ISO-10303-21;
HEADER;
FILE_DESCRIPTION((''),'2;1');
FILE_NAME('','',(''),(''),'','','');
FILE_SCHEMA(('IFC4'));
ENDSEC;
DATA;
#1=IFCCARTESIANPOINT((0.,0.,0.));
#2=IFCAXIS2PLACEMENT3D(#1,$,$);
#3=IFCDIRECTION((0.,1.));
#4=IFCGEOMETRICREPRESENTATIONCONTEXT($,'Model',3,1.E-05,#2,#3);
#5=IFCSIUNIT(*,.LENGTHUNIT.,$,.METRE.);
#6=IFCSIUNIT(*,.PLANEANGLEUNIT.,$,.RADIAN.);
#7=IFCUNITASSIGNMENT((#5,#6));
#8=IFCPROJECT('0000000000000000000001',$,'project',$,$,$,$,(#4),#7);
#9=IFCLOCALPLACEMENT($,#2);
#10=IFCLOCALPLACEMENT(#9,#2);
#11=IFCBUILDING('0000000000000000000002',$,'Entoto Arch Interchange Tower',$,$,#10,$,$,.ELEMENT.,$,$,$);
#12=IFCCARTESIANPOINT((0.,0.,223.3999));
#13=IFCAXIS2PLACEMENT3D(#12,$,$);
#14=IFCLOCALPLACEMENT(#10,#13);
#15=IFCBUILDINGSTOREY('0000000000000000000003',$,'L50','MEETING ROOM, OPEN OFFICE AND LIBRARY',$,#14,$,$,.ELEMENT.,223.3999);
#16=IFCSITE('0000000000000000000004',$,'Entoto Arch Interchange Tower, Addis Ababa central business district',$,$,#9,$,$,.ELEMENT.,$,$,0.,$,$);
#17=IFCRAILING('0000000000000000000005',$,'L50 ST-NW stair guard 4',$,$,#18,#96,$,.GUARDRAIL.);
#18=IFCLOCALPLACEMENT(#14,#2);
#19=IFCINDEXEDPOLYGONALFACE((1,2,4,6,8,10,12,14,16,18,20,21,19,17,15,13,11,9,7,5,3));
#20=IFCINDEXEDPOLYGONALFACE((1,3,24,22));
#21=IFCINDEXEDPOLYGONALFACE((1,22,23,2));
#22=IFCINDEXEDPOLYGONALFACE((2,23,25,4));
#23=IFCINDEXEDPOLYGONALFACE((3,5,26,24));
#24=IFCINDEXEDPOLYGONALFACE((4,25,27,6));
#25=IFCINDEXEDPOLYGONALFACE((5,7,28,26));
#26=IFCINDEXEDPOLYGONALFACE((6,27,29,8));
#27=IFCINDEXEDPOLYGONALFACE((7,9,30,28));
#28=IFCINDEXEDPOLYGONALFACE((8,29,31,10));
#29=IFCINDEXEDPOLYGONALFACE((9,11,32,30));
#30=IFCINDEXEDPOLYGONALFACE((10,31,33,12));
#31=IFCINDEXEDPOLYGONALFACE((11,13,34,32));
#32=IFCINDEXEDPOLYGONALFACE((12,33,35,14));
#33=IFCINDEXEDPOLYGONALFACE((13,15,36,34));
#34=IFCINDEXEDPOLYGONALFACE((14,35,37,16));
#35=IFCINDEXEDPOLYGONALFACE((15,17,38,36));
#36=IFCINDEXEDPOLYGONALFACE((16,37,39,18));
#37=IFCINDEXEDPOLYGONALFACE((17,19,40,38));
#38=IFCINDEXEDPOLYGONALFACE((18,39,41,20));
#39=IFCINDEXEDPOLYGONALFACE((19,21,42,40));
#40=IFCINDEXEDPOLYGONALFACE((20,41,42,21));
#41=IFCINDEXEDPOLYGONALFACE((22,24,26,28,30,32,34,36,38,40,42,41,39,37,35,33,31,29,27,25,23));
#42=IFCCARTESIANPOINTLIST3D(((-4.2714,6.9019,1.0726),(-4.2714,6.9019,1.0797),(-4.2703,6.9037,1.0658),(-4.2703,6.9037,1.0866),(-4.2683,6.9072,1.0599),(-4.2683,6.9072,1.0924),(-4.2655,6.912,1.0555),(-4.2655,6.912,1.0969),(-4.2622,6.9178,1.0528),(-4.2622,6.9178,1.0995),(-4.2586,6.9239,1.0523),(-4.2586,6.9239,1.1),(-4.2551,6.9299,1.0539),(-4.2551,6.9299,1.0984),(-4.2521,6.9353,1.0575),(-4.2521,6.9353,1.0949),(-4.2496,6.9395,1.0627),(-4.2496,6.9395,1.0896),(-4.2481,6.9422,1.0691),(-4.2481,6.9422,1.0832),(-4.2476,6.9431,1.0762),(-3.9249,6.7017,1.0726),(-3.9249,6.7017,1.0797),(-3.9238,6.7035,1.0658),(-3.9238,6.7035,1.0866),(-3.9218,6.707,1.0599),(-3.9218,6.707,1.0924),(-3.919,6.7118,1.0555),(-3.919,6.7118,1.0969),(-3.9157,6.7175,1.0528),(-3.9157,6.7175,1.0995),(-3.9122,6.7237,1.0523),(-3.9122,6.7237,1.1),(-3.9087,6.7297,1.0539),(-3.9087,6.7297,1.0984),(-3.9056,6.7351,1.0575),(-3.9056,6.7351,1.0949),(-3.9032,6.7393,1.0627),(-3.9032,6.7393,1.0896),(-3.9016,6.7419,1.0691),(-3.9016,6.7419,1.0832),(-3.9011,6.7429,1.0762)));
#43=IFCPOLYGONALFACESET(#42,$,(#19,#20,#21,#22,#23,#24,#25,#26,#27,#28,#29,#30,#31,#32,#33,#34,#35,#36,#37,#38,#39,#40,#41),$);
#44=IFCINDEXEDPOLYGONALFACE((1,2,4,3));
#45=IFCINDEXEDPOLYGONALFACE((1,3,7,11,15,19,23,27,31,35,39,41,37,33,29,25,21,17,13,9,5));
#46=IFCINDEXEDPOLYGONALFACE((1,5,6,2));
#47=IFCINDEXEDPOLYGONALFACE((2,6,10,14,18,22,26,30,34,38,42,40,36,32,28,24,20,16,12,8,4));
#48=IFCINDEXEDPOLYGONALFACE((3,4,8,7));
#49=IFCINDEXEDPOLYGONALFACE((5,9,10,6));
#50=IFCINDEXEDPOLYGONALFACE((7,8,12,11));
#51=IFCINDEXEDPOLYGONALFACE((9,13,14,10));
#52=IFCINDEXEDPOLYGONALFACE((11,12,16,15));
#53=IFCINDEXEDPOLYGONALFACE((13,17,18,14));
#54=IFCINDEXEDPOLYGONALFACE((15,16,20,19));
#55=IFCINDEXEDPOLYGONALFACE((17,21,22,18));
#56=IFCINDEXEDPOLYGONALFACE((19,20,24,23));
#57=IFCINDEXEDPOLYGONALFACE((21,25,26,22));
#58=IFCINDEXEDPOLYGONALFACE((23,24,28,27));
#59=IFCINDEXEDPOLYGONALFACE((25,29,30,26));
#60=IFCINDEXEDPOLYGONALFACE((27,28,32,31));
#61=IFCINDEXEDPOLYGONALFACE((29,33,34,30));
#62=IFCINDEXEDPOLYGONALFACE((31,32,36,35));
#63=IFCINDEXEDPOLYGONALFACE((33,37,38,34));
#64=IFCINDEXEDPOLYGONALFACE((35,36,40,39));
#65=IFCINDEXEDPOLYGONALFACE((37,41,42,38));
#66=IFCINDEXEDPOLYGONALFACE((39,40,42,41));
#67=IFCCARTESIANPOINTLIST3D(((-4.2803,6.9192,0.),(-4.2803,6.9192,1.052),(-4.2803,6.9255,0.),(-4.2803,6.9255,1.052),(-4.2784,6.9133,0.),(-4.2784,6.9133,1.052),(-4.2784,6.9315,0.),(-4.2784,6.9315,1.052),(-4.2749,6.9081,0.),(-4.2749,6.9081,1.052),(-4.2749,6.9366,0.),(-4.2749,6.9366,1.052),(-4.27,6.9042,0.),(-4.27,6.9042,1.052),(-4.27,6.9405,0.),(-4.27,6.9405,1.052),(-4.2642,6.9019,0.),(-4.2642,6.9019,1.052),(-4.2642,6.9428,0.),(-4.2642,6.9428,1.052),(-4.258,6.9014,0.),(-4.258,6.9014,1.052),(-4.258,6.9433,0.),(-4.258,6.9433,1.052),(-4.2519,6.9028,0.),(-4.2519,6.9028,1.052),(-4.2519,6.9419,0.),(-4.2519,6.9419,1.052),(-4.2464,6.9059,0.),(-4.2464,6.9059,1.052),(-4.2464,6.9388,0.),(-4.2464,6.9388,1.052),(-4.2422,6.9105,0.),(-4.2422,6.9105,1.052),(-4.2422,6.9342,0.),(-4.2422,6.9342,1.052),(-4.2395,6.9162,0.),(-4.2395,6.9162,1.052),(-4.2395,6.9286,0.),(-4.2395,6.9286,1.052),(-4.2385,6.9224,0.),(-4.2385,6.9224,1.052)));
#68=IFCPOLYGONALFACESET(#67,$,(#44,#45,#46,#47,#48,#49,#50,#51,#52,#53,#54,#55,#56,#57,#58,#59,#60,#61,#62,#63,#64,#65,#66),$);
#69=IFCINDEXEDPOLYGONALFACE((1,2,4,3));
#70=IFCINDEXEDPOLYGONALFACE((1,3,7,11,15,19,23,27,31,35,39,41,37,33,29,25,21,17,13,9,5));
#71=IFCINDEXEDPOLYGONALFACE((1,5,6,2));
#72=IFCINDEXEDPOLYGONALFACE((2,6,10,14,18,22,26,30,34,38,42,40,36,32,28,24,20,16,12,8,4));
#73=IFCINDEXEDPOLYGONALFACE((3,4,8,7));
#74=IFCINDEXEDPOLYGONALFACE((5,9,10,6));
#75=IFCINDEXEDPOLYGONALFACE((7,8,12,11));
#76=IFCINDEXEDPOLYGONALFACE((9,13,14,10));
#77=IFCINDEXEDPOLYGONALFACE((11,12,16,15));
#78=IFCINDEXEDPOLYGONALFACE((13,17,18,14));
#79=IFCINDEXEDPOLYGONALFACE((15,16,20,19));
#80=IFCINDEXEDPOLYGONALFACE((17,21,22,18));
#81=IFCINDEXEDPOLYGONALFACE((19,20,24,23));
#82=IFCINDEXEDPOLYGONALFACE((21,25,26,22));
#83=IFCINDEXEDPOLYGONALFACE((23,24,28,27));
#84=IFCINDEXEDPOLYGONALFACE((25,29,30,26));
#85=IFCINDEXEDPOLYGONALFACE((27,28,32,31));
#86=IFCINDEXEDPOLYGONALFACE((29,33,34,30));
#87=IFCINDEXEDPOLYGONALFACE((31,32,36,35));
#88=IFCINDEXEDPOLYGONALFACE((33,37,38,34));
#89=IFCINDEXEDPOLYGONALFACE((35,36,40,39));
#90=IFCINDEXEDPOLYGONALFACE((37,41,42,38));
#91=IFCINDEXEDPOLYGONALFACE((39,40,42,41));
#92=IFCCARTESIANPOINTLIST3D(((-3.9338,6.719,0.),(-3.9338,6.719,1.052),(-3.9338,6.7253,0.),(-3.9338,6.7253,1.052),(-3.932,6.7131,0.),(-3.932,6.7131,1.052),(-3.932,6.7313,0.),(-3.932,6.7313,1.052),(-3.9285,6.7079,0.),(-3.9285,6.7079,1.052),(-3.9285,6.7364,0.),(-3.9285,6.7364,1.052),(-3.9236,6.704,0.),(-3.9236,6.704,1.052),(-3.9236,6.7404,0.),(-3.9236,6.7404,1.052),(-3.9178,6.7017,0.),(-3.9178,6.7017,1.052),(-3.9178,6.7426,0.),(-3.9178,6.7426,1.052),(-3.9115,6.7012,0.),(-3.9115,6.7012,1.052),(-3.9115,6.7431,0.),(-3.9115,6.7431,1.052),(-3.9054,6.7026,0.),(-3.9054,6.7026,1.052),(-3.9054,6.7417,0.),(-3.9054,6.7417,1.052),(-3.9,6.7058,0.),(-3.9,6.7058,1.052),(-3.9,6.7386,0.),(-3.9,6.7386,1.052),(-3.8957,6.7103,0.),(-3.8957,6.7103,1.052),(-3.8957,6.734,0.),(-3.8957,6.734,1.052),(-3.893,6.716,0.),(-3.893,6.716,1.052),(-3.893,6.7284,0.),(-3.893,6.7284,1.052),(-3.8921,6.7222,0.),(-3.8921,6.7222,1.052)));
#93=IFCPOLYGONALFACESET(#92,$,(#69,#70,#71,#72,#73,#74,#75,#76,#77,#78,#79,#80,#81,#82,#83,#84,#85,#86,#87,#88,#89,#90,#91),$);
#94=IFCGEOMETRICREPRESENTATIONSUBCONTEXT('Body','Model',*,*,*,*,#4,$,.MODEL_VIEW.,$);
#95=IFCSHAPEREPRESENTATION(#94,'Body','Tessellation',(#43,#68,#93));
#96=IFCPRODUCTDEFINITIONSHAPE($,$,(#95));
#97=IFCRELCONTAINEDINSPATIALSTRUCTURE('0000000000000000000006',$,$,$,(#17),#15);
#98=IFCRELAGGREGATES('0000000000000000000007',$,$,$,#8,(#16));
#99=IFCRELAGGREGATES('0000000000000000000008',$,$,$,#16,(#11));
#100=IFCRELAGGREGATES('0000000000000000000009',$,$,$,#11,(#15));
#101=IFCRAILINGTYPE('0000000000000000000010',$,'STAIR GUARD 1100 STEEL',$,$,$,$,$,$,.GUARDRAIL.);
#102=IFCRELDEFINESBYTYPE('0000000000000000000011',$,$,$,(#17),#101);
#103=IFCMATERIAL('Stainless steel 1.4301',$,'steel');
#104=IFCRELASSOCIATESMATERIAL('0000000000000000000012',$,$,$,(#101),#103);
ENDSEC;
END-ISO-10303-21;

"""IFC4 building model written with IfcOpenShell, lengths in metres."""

from ifc_helpers import new_model, si_unit, direction, frame, origin, origin_2d, place, context, subcontext, project, spatial, circle, extrude, material, type_object, element, save


model = new_model("IFC4")

# Units and contexts
model_context = context("Model", 3, precision=1e-05, world=origin(), true_north=direction((0.0, 1.0)))
body_context = subcontext(model_context, "Body", "Model", "MODEL_VIEW")
ifc_project = project(units=[si_unit("LENGTHUNIT", "METRE"), si_unit("PLANEANGLEUNIT", "RADIAN")], contexts=[model_context])

# Site, building, storey
site_placement = place(None, origin())
site = spatial("IfcSite", under=ifc_project, at=site_placement, Name="Entoto Arch Interchange Tower, Addis Ababa central business district", CompositionType="ELEMENT", RefElevation=0.0)
building_placement = place(site_placement, origin())
building = spatial("IfcBuilding", under=site, at=building_placement, Name="Entoto Arch Interchange Tower", CompositionType="ELEMENT")
storey_placement = place(building_placement, frame((0.0, 0.0, 223.3999)))
storey = spatial("IfcBuildingStorey", under=building, at=storey_placement, Name="L50", Description="MEETING ROOM, OPEN OFFICE AND LIBRARY", CompositionType="ELEMENT", Elevation=223.3999)

# Railing
ifc_material_1 = material(Name="Stainless steel 1.4301", Category="steel")
railing_type_1 = type_object("IfcRailingType", Name="STAIR GUARD 1100 STEEL", PredefinedType="GUARDRAIL", material=ifc_material_1)
railing_1_placement = place(storey_placement, frame((-4.2595, 6.9224, 0.0)))
element("IfcRailing", 1, at=railing_1_placement, inside=storey, type_object=railing_type_1, Name="L50 ST-NW stair guard 4", PredefinedType="GUARDRAIL", context=body_context, shape_type="SweptSolid", body=[
    extrude(circle(Radius=0.0239, at=origin_2d()), frame((0.0, 0.0, 1.0762), z_axis=(0.86583, -0.500339, 0.0), x_axis=(0.500339, 0.86583, 0.0)), (0.0, 0.0, 1.0), 0.4001),
    extrude(circle(Radius=0.021, at=origin_2d()), origin(), (0.0, 0.0, 1.0), 1.052),
    extrude(circle(Radius=0.021, at=origin_2d()), frame((0.3464, -0.2002, 0.0)), (0.0, 0.0, 1.0), 1.052),
])

save(model, "model.ifc")
